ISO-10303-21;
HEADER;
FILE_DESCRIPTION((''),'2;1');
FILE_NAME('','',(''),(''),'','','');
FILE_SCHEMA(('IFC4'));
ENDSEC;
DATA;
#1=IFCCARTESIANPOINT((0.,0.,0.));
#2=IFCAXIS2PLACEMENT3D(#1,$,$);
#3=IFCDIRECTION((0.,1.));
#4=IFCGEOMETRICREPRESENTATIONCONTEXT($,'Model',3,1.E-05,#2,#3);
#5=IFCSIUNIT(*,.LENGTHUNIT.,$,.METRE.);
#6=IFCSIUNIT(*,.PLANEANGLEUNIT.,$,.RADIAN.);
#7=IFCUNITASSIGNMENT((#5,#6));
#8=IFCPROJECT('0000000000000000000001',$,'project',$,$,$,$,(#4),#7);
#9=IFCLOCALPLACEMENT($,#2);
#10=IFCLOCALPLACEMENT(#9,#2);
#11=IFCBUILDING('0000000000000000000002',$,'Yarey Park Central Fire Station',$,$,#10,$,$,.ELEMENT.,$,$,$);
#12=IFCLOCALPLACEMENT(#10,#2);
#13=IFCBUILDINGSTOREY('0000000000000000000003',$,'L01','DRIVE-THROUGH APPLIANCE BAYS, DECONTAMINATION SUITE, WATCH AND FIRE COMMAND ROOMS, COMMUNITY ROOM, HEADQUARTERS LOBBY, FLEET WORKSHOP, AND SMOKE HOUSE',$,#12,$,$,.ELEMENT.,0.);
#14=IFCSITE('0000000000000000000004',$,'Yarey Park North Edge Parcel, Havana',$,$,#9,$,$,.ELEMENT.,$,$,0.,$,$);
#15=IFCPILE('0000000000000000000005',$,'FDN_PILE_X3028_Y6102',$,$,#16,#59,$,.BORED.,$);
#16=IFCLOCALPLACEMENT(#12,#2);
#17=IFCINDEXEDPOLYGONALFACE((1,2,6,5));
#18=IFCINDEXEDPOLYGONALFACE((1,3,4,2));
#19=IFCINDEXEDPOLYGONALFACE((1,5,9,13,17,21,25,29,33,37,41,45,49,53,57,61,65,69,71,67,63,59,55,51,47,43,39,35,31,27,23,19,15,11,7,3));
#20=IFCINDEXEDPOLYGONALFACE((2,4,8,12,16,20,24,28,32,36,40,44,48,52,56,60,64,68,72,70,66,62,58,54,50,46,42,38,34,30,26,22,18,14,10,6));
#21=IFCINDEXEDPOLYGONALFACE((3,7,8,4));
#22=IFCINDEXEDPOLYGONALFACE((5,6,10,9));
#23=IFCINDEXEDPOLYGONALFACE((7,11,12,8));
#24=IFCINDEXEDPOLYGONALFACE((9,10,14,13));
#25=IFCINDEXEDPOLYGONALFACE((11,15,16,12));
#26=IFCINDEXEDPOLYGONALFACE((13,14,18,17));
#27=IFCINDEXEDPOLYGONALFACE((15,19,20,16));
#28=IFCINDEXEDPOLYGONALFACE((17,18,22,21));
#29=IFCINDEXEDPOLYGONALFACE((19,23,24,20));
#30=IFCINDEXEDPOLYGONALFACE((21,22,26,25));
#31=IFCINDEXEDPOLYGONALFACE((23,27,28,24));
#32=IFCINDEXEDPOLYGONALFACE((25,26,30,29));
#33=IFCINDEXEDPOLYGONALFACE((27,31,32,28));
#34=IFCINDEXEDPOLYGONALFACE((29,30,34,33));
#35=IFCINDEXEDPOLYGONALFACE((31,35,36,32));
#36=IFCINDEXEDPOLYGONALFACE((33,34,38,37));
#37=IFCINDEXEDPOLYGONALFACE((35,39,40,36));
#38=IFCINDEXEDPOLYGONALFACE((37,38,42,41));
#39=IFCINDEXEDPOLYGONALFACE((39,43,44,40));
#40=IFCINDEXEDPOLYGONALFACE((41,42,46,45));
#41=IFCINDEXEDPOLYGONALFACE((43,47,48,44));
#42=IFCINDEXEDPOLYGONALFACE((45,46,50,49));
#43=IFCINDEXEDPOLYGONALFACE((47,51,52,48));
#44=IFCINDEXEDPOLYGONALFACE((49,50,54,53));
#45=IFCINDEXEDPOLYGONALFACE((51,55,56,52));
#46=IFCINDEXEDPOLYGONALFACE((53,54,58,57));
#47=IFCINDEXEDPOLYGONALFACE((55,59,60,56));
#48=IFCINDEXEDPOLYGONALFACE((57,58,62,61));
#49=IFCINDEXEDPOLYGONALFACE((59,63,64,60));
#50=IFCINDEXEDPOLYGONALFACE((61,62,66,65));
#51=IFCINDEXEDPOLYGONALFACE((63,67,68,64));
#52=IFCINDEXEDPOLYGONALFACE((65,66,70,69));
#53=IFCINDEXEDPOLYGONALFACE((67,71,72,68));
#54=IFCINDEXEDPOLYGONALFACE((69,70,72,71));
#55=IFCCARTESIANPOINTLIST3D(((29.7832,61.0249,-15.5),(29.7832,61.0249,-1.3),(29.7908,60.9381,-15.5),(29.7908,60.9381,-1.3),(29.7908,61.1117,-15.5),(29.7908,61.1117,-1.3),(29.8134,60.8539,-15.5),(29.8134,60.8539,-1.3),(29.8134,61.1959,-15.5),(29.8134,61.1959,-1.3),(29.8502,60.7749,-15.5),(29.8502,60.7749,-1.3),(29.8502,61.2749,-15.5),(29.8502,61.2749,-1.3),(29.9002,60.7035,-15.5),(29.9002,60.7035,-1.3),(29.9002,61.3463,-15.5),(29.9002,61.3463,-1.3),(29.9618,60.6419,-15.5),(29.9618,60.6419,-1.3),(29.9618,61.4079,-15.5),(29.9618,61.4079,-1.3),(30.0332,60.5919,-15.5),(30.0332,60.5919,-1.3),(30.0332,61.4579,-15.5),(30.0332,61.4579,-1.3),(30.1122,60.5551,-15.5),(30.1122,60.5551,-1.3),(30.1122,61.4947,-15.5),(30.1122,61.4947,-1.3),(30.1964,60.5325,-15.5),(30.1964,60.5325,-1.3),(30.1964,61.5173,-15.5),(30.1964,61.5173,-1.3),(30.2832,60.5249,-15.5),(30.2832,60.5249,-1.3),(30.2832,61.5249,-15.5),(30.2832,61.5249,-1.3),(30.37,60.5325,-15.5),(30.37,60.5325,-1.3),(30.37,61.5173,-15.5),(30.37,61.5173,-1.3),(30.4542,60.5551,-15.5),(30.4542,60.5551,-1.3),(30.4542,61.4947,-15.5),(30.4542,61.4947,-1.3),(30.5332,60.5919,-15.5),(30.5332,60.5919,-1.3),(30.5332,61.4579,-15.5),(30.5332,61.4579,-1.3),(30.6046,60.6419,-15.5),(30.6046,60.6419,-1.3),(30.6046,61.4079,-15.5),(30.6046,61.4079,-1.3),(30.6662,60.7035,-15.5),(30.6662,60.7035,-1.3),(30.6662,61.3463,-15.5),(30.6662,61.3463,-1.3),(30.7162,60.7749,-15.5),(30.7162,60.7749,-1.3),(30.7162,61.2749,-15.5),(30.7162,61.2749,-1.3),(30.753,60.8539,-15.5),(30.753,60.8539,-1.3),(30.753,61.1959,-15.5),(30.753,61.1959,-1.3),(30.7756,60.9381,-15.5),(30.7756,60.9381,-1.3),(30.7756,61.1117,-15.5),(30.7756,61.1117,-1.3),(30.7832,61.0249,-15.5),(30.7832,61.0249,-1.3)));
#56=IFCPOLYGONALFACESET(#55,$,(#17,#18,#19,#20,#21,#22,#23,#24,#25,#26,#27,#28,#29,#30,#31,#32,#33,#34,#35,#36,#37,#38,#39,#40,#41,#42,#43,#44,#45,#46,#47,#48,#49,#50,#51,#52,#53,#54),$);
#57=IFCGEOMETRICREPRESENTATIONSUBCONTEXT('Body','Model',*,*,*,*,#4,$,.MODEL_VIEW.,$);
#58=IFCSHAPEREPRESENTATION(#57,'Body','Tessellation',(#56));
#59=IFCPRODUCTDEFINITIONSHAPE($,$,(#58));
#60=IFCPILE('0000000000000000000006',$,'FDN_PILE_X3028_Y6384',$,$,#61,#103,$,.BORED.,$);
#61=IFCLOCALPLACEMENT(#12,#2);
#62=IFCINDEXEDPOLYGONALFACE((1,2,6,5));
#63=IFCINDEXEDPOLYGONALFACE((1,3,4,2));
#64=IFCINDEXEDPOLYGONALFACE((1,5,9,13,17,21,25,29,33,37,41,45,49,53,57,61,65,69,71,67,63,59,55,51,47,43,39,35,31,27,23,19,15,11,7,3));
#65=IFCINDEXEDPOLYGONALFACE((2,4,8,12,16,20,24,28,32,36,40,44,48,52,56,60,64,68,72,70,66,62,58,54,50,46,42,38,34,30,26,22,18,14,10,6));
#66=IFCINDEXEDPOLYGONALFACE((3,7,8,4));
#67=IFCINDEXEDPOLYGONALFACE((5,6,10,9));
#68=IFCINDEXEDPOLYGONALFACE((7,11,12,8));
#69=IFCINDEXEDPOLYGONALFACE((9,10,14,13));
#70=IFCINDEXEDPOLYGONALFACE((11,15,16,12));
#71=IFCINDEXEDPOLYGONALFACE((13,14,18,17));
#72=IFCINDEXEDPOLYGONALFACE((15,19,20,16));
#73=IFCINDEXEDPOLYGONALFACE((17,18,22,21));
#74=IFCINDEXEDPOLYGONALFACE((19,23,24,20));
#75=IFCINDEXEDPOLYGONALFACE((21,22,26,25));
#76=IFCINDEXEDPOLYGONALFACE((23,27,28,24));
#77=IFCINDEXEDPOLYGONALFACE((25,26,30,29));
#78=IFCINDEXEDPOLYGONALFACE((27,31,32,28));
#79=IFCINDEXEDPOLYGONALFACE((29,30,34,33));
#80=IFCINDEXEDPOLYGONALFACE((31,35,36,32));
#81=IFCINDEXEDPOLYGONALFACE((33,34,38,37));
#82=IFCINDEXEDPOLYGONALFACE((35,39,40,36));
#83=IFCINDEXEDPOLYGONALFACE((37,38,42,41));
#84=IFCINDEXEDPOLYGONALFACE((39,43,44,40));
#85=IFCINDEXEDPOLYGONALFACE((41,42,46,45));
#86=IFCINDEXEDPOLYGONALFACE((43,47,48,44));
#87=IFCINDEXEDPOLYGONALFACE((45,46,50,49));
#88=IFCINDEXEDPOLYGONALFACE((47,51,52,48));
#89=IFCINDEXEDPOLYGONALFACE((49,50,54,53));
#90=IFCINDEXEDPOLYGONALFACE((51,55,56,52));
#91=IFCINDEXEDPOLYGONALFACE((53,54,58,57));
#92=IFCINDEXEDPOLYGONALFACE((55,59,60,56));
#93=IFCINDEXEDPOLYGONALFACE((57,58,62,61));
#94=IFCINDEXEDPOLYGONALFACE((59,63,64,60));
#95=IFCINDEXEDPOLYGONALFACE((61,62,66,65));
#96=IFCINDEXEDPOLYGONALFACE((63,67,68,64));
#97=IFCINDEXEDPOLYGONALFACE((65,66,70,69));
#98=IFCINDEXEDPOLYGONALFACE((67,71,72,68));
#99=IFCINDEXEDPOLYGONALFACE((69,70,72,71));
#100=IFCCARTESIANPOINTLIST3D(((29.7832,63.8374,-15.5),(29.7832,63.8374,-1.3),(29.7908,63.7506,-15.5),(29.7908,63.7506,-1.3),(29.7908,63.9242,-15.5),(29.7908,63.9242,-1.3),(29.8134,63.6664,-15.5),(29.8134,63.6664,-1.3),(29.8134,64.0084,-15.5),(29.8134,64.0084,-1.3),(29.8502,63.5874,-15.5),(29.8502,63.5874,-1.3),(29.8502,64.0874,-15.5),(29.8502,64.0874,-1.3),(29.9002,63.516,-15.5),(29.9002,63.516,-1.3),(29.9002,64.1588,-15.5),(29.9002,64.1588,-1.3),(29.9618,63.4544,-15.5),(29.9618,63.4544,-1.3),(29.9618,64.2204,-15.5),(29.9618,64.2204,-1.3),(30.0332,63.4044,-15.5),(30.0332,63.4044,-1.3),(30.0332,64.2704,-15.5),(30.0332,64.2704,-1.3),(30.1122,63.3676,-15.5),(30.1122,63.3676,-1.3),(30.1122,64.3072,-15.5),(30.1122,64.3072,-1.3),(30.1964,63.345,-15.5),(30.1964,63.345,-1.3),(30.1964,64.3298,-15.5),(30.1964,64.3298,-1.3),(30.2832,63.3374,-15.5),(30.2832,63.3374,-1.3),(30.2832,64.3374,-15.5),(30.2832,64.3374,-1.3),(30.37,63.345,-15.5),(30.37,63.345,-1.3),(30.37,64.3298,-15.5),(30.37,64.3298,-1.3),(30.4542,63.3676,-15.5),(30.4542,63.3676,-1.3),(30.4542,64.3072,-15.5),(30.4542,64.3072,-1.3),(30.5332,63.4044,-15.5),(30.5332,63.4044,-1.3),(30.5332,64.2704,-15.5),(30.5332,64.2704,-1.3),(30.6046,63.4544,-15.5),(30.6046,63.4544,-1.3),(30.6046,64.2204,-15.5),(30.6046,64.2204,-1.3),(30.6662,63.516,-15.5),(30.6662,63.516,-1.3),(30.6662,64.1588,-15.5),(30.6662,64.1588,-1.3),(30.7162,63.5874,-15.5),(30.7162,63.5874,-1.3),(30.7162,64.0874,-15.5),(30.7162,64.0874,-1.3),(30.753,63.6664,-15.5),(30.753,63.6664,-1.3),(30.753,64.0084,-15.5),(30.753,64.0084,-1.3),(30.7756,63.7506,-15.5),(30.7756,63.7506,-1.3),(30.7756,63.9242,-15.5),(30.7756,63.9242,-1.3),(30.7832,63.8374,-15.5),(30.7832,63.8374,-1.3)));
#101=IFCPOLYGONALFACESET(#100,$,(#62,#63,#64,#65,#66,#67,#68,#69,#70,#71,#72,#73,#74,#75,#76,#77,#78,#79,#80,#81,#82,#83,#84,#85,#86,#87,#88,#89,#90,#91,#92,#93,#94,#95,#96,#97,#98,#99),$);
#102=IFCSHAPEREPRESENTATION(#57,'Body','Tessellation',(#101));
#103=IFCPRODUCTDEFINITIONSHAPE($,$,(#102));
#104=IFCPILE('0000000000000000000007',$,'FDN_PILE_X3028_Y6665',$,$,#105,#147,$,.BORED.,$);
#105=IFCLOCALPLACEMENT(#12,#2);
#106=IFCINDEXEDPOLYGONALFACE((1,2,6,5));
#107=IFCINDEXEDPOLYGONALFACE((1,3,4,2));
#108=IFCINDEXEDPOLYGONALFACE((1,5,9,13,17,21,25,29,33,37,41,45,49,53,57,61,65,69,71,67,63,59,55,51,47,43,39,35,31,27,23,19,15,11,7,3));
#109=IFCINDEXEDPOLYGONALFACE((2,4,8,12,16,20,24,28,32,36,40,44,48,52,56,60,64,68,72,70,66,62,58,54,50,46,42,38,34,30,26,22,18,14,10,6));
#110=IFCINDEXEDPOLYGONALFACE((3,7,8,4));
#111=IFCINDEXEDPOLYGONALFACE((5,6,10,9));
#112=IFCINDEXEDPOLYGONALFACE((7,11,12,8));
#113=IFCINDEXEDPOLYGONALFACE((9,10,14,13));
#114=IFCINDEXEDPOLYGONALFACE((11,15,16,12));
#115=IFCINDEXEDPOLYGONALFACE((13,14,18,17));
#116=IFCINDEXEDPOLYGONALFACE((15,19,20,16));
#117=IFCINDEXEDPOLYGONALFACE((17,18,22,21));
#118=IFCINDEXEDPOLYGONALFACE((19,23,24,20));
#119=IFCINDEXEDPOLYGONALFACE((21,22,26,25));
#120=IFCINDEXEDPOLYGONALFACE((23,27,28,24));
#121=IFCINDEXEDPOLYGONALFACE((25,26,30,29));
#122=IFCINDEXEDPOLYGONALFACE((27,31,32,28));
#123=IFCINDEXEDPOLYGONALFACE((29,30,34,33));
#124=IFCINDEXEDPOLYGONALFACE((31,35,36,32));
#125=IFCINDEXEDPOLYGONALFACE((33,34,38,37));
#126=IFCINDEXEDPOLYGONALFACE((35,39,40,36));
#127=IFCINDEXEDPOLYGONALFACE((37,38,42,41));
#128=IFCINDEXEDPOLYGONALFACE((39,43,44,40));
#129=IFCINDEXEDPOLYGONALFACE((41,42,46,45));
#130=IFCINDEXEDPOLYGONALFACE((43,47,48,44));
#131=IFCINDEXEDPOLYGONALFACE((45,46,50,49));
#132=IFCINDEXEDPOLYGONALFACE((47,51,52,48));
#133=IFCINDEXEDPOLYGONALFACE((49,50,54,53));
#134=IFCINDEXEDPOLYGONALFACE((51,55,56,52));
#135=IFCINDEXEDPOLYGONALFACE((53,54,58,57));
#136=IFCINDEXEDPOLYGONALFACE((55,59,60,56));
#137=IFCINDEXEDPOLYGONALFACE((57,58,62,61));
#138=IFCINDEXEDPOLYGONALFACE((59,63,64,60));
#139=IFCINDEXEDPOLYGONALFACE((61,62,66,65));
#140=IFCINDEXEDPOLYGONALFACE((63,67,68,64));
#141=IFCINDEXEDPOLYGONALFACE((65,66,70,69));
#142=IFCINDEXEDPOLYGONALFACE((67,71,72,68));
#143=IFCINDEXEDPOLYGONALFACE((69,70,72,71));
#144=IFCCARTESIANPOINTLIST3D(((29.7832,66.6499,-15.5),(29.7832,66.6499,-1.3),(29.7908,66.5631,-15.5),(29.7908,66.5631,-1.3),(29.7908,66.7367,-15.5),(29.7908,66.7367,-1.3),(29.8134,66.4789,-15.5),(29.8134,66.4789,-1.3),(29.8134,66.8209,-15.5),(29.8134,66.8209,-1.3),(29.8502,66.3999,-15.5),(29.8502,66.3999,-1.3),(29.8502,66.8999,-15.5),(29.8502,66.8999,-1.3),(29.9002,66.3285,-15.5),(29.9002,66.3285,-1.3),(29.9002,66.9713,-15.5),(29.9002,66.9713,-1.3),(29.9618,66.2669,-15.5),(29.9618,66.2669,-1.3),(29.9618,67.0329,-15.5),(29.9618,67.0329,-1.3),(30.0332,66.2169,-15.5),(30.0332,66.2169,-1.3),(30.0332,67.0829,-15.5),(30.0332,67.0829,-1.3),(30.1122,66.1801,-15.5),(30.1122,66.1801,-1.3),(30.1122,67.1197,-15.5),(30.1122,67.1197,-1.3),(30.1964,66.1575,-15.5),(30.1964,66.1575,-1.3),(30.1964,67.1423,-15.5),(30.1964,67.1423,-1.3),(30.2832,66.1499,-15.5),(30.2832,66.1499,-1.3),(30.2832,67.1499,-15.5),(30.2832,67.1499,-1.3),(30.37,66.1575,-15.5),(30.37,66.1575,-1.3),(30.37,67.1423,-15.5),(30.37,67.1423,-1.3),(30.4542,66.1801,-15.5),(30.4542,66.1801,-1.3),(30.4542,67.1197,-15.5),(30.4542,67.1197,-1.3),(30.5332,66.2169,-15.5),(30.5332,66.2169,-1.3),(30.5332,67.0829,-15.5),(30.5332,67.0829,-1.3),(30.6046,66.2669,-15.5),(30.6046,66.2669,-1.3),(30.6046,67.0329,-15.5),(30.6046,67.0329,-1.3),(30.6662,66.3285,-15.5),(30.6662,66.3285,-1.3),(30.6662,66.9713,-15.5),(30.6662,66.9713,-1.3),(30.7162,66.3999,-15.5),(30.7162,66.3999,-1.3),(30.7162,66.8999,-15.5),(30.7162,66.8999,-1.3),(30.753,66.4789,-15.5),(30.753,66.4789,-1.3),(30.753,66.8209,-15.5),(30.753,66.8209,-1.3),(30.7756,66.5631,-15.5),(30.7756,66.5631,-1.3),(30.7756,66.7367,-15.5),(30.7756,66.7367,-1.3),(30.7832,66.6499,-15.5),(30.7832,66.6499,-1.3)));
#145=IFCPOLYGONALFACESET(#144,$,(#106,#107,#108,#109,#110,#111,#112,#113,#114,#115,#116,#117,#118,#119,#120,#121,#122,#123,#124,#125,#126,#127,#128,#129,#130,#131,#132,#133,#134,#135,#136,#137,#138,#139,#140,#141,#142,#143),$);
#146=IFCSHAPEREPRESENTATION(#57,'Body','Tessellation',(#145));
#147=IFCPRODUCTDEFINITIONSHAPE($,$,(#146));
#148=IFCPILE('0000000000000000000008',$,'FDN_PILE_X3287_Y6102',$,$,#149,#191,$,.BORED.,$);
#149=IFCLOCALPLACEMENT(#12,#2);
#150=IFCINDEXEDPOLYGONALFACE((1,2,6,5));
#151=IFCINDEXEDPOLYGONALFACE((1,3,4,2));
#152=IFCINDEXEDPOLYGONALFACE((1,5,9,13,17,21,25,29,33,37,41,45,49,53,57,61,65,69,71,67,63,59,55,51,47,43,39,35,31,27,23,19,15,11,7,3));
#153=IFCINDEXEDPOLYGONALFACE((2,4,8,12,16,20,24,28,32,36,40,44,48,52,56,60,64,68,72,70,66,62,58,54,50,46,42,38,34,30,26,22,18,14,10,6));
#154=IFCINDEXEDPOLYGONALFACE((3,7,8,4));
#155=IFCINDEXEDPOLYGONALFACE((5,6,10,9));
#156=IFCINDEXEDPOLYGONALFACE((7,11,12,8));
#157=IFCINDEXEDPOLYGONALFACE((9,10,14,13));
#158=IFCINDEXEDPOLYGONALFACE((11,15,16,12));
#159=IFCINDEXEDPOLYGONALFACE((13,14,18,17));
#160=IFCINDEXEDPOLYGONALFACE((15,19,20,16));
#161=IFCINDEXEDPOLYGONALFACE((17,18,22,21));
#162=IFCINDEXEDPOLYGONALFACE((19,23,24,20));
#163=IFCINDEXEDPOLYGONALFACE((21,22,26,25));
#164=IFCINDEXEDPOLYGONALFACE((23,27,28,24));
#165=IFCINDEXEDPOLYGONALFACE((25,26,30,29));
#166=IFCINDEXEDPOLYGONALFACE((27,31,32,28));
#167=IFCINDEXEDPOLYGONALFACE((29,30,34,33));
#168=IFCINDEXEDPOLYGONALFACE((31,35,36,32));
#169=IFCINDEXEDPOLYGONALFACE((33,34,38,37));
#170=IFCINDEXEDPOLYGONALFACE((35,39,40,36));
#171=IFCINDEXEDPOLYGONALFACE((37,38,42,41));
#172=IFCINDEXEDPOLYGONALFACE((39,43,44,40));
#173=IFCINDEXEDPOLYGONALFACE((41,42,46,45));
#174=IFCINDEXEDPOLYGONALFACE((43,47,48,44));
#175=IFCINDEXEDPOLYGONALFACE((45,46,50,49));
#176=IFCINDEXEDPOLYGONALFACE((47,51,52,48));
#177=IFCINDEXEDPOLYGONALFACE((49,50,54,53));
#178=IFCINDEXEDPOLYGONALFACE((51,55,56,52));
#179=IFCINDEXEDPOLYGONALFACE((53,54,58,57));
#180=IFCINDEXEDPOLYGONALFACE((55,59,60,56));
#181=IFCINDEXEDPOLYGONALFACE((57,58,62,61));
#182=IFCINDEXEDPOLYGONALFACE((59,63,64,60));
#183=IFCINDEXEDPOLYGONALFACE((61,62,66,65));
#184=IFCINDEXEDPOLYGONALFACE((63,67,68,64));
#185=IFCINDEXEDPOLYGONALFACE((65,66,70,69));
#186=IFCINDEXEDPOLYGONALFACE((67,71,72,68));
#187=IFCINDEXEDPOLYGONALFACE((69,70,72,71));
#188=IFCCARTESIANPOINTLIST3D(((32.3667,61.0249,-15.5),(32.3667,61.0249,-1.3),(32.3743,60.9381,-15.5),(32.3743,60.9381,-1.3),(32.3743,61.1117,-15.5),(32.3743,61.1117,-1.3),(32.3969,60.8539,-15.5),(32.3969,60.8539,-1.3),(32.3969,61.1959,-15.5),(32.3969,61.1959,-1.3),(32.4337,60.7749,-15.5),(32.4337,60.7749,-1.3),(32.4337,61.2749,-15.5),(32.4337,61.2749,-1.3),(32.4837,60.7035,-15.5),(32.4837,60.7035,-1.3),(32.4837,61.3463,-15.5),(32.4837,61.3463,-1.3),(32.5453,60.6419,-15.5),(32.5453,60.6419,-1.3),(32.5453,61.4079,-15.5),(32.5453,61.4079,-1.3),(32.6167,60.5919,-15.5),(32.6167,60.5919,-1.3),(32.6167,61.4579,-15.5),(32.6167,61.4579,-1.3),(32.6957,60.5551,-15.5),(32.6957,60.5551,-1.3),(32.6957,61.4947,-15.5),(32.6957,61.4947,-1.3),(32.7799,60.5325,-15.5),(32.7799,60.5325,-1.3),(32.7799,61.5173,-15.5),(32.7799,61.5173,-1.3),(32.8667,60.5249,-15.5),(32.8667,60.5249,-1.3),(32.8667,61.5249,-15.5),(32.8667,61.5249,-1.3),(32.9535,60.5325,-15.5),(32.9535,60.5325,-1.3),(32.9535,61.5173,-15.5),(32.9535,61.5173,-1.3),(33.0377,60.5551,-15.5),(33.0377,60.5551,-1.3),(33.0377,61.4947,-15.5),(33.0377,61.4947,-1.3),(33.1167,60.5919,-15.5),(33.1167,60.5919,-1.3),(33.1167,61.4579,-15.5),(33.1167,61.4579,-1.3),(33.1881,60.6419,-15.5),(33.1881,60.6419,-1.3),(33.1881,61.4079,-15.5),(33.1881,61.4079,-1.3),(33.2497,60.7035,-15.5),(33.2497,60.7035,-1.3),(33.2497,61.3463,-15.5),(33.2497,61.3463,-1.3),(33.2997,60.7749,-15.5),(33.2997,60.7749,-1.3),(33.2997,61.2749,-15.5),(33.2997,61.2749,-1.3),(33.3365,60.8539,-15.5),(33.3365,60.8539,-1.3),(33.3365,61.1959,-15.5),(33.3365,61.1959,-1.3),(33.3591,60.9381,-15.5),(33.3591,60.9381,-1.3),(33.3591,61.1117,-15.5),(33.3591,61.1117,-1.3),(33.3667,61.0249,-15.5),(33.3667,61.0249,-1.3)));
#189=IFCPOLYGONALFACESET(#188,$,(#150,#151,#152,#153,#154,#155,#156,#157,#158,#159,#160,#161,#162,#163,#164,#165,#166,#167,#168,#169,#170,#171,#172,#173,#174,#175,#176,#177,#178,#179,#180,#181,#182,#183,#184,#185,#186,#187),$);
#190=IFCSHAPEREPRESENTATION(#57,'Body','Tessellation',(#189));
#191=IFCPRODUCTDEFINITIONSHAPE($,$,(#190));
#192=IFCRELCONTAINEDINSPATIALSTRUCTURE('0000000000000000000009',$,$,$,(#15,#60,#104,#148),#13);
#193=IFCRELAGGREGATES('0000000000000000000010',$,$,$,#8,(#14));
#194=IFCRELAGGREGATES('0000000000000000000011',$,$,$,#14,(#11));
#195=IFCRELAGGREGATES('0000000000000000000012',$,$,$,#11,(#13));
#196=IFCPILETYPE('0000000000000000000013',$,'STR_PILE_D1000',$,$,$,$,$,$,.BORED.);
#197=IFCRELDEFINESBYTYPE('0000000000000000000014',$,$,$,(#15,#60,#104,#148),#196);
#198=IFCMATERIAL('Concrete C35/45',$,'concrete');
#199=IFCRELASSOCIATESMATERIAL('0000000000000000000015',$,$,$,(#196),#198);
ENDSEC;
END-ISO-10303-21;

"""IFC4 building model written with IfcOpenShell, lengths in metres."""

from ifc_helpers import new_model, si_unit, direction, frame, origin, origin_2d, place, context, subcontext, project, spatial, circle, extrude, material, material_profile, profile_set, type_object, element, save


model = new_model("IFC4")

# Units and contexts
model_context = context("Model", 3, precision=1e-05, world=origin(), true_north=direction((0.0, 1.0)))
body_context = subcontext(model_context, "Body", "Model", "MODEL_VIEW")
ifc_project = project(units=[si_unit("LENGTHUNIT", "METRE"), si_unit("PLANEANGLEUNIT", "RADIAN")], contexts=[model_context])

# Site, building, storey
site_placement = place(None, origin())
site = spatial("IfcSite", under=ifc_project, at=site_placement, Name="Yarey Park North Edge Parcel, Havana", CompositionType="ELEMENT", RefElevation=0.0)
building_placement = place(site_placement, origin())
building = spatial("IfcBuilding", under=site, at=building_placement, Name="Yarey Park Central Fire Station", CompositionType="ELEMENT")
storey_placement = place(building_placement, origin())
storey = spatial("IfcBuildingStorey", under=building, at=storey_placement, Name="L01", Description="DRIVE-THROUGH APPLIANCE BAYS, DECONTAMINATION SUITE, WATCH AND FIRE COMMAND ROOMS, COMMUNITY ROOM, HEADQUARTERS LOBBY, FLEET WORKSHOP, AND SMOKE HOUSE", CompositionType="ELEMENT", Elevation=0.0)

# Shared definitions
ifc_material_1 = material(Name="Concrete C35/45", Category="concrete")

# Piles
ifc_material_profile_1 = material_profile(ifc_material_1, circle(Radius=0.5, at=origin_2d()), Name="BORED PILE D1000")
ifc_profile_set_1 = profile_set([ifc_material_profile_1], Name="Concrete C35/45")
pile_type_1 = type_object("IfcPileType", Name="STR_PILE_D1000", PredefinedType="BORED", material=ifc_profile_set_1)
for number, where, z_axis, x_axis, name in (
    (1, (30.2832, 61.0249, -1.3), (0.0, 0.0, -1.0), (1.0, 0.0, 0.0), "FDN_PILE_X3028_Y6102"),
    (2, (30.2832, 63.8374, -1.3), (0.0, 0.0, -1.0), (1.0, 0.0, 0.0), "FDN_PILE_X3028_Y6384"),
    (3, (30.2832, 66.6499, -1.3), (0.0, 0.0, -1.0), (1.0, 0.0, 0.0), "FDN_PILE_X3028_Y6665"),
    (4, (32.8667, 61.0249, -1.3), (0.0, 0.0, -1.0), (1.0, 0.0, 0.0), "FDN_PILE_X3287_Y6102"),
):
    element("IfcPile", number, at=place(storey_placement, frame(where, z_axis=z_axis, x_axis=x_axis)), inside=storey, type_object=pile_type_1, Name=name, PredefinedType="BORED", context=body_context, shape_type="SweptSolid", body=[
        extrude(circle(Radius=0.5, at=origin_2d()), origin(), (0.0, 0.0, 1.0), 14.2),
    ])

save(model, "model.ifc")
